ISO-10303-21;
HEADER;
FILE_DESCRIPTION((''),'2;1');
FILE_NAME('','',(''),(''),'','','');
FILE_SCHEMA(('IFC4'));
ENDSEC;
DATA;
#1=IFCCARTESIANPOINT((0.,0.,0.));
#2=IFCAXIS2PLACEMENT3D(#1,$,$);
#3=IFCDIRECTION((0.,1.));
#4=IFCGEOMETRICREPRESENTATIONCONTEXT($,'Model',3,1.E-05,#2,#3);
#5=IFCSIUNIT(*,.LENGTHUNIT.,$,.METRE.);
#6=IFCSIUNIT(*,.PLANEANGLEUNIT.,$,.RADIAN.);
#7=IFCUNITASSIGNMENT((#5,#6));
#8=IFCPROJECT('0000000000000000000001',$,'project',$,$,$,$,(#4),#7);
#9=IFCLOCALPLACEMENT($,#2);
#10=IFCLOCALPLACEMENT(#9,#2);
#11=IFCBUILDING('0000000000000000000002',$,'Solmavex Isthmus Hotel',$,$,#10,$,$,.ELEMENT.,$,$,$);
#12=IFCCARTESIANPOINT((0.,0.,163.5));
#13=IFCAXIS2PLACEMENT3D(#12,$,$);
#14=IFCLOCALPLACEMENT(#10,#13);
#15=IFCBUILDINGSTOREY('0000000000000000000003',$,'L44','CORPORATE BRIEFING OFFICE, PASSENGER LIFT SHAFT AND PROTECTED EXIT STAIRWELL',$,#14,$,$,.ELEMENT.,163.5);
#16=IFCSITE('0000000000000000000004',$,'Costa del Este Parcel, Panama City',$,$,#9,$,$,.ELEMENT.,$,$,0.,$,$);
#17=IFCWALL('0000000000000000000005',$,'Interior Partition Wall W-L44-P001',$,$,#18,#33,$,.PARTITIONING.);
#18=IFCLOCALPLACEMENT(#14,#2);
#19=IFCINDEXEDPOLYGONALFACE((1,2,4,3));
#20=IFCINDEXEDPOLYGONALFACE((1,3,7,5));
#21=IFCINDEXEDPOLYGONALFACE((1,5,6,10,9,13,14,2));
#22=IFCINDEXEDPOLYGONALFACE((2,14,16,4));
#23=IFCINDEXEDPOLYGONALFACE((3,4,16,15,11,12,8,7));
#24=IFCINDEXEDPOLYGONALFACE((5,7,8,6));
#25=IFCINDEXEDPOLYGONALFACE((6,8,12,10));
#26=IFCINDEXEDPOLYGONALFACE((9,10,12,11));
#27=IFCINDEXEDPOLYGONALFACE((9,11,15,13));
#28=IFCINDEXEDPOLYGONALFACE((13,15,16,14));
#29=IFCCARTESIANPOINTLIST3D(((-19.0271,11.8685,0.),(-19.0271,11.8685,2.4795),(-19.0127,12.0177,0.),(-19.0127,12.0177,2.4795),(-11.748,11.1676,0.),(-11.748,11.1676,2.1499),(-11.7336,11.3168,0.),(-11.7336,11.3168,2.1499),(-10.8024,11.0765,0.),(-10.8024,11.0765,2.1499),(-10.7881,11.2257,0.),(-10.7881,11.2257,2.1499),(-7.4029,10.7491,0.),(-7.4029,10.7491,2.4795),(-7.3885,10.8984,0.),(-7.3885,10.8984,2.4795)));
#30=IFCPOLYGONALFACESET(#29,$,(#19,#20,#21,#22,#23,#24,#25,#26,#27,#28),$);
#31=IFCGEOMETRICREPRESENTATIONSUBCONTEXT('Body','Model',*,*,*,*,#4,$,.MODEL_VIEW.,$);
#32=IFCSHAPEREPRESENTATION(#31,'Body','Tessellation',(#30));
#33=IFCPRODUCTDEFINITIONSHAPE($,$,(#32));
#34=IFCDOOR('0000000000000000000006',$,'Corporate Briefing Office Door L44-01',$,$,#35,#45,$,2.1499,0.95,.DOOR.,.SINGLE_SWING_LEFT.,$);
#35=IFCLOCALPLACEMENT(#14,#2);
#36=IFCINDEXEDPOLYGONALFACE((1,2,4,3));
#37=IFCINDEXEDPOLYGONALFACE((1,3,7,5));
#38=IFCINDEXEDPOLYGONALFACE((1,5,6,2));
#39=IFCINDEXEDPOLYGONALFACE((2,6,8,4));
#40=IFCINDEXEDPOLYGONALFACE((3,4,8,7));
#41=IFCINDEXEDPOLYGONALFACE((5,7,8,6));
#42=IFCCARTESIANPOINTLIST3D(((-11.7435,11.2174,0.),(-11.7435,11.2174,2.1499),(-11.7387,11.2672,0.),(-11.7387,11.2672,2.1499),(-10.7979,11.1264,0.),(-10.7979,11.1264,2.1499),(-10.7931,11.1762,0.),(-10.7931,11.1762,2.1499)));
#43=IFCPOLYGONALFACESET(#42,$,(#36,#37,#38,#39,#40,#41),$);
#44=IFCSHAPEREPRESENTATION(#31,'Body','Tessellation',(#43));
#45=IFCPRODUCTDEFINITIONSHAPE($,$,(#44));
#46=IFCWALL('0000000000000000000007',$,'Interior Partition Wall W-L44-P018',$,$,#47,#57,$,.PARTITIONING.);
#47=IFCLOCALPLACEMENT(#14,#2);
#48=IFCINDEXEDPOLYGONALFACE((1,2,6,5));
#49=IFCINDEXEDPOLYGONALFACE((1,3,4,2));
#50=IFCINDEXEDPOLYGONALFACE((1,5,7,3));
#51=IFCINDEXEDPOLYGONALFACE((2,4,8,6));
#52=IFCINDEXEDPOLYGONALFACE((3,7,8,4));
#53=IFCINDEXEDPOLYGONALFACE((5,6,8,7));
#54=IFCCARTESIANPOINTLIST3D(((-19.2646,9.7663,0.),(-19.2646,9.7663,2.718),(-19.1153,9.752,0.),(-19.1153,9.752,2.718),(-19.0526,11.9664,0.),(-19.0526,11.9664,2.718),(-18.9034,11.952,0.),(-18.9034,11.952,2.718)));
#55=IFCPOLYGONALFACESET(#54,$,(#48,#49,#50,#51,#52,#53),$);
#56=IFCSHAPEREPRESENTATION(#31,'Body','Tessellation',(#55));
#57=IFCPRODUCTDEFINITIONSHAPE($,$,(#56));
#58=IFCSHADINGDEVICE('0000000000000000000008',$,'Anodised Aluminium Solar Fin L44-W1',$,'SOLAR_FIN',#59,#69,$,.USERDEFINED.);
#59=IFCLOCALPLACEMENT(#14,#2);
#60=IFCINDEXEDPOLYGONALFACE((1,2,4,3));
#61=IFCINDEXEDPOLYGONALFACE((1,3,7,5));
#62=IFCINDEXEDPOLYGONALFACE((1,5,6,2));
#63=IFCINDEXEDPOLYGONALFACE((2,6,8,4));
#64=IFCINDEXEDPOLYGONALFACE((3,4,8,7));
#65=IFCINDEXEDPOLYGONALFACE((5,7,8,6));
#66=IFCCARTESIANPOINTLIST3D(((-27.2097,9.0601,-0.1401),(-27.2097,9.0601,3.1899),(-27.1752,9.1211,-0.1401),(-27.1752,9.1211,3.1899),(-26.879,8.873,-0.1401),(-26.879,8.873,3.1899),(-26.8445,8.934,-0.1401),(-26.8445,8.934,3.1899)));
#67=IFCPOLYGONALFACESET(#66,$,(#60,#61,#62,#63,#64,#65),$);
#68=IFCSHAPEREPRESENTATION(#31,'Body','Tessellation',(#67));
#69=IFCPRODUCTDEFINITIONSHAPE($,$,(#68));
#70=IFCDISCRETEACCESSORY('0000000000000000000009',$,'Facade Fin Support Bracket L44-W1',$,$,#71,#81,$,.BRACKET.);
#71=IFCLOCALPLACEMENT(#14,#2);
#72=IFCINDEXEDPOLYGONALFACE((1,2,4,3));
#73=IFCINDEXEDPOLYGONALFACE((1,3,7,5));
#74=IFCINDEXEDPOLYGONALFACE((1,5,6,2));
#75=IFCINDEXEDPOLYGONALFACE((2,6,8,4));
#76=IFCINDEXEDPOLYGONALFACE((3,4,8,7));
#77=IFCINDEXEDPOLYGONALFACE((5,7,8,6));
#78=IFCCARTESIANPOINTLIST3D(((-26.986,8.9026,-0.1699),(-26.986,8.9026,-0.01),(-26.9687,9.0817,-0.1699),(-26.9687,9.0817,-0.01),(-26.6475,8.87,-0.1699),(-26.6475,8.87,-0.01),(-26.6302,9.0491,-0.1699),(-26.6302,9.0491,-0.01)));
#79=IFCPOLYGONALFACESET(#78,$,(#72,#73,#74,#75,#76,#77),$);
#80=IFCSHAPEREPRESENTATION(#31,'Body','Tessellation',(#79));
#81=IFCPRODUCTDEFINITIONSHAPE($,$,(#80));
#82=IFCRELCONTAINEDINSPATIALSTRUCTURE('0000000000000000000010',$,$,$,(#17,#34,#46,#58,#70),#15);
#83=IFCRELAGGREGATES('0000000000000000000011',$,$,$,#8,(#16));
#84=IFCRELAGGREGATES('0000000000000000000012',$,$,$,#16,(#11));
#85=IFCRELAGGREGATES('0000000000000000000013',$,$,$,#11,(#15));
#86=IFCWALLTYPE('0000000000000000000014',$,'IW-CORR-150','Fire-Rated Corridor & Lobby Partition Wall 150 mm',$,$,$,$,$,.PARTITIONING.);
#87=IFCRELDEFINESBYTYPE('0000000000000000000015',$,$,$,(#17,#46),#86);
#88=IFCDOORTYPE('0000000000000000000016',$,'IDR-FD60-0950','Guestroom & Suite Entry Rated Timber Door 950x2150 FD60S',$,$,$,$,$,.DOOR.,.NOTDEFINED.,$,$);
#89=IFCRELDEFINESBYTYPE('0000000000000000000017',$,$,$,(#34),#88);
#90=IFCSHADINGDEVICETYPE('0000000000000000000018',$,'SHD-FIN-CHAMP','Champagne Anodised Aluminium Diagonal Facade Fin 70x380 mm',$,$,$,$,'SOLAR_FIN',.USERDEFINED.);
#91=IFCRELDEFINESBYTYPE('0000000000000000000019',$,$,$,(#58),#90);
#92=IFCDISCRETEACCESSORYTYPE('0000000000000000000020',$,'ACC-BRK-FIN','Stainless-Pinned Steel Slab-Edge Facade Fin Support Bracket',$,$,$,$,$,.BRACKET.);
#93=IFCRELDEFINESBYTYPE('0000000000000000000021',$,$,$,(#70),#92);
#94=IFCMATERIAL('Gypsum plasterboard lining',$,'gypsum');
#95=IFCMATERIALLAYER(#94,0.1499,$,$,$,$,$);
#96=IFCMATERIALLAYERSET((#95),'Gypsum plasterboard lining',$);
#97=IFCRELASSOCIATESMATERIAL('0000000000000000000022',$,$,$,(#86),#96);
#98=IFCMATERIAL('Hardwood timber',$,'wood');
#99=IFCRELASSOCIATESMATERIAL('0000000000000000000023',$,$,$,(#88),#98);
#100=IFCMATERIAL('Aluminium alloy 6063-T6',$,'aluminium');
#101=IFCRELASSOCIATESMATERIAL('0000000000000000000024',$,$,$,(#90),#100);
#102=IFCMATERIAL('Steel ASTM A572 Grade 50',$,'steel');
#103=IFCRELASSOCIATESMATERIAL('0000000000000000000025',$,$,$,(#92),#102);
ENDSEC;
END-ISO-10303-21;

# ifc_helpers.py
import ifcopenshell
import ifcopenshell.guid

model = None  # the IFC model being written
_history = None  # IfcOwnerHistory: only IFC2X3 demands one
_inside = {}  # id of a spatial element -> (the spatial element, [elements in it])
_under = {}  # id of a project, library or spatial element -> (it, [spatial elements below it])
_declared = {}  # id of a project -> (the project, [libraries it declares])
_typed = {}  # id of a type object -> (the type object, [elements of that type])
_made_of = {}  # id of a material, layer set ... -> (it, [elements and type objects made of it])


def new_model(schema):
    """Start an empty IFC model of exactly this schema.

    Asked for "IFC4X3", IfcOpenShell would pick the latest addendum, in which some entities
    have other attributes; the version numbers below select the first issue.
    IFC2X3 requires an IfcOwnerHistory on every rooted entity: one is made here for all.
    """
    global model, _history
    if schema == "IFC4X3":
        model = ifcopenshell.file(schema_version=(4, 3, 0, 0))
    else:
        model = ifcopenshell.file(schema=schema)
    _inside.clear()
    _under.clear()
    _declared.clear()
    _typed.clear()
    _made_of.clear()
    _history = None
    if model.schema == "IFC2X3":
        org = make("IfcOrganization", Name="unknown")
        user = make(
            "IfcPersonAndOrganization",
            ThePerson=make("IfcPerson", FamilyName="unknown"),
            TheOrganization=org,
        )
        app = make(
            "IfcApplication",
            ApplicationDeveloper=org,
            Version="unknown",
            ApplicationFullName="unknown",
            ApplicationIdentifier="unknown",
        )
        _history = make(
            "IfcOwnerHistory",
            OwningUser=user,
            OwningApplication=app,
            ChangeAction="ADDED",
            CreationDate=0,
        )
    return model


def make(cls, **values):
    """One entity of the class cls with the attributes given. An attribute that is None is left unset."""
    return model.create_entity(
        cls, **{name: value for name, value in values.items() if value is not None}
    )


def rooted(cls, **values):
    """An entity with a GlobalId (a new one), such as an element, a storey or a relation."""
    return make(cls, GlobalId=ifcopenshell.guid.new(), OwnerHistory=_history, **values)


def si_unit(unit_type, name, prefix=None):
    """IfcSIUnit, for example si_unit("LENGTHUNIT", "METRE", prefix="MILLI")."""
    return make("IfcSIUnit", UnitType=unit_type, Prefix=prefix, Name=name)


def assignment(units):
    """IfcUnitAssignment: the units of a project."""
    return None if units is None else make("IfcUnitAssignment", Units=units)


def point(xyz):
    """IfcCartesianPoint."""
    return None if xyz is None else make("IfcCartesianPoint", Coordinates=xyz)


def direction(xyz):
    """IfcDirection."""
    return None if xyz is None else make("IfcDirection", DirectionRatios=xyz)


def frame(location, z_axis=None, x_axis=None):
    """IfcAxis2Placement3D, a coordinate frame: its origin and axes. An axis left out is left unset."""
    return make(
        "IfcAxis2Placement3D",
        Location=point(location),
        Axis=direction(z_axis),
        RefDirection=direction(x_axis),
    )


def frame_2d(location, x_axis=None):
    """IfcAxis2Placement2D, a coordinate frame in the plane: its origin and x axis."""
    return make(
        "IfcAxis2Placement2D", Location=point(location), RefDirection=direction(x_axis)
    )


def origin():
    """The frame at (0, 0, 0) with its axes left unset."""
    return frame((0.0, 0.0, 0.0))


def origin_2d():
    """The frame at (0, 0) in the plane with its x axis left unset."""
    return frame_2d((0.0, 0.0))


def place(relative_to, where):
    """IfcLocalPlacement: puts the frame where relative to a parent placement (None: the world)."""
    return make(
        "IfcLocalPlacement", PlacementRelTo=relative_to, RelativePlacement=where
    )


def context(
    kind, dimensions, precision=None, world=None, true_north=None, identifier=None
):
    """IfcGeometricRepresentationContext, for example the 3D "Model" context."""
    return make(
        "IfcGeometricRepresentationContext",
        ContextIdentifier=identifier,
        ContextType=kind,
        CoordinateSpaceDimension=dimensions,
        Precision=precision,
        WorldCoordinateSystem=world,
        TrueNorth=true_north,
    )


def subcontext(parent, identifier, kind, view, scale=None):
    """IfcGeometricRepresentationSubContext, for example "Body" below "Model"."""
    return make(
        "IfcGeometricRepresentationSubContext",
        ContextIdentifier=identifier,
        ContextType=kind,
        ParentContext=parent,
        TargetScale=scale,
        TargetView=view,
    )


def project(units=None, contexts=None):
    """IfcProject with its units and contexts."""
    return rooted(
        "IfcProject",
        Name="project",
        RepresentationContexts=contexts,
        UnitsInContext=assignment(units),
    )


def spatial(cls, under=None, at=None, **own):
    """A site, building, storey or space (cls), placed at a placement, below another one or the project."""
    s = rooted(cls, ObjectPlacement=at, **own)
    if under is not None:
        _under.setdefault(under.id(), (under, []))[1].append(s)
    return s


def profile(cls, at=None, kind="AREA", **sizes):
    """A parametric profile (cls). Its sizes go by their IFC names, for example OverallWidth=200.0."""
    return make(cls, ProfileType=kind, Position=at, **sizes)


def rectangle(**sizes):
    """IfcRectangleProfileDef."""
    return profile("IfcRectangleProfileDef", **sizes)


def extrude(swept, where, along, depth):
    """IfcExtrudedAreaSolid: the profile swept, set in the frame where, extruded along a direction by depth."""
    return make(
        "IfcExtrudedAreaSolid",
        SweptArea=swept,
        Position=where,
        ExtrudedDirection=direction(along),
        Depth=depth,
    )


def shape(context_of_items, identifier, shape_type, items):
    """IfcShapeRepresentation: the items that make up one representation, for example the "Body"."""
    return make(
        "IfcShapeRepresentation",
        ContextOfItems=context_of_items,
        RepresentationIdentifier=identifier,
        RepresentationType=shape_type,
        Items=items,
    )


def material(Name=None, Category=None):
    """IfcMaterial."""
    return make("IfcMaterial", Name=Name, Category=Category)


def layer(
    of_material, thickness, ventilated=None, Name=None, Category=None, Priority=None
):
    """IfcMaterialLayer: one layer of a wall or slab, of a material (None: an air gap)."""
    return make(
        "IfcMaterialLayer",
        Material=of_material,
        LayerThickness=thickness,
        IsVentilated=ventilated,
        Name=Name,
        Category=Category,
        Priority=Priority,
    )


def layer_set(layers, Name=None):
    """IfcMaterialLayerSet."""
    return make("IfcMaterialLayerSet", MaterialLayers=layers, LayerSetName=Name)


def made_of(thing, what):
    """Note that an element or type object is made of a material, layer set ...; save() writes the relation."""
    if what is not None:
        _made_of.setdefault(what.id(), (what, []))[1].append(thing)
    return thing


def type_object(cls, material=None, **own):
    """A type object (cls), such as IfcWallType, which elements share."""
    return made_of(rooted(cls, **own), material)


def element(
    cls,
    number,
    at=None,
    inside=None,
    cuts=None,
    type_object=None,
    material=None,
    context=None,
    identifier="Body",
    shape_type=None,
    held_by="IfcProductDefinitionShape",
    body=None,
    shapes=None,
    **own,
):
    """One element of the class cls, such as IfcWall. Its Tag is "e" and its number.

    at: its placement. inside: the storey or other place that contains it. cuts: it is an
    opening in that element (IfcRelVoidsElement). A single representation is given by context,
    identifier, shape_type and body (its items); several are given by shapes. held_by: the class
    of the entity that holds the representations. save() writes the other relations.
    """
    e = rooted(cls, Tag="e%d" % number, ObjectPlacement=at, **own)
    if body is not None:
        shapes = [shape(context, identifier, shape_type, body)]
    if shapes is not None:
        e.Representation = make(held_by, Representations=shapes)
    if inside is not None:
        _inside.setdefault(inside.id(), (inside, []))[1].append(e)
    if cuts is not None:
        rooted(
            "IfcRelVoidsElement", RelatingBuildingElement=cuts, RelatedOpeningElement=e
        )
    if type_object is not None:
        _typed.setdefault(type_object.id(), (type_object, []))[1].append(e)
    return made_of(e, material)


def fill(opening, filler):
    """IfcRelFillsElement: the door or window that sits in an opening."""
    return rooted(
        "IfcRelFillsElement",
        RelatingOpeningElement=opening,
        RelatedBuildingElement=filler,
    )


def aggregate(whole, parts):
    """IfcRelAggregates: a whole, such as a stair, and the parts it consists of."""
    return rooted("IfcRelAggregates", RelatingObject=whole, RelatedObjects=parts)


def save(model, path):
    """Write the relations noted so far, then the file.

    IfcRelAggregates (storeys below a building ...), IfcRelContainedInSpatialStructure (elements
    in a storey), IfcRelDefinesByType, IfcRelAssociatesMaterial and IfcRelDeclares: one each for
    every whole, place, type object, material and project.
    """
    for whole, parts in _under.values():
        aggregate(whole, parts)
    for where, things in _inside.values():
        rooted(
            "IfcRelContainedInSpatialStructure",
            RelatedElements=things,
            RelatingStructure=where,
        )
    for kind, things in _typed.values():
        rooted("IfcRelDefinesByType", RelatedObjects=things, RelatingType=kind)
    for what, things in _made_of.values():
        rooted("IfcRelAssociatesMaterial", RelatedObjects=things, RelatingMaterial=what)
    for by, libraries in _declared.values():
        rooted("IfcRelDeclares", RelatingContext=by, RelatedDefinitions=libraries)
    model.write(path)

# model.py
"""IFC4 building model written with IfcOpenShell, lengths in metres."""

from ifc_helpers import new_model, si_unit, direction, frame, frame_2d, origin, origin_2d, place, context, subcontext, project, spatial, rectangle, extrude, material, layer, layer_set, type_object, element, fill, save


model = new_model("IFC4")

# Units and contexts
model_context = context("Model", 3, precision=1e-05, world=origin(), true_north=direction((0.0, 1.0)))
body_context = subcontext(model_context, "Body", "Model", "MODEL_VIEW")
ifc_project = project(units=[si_unit("LENGTHUNIT", "METRE"), si_unit("PLANEANGLEUNIT", "RADIAN")], contexts=[model_context])

# Site, building, storey
site_placement = place(None, origin())
site = spatial("IfcSite", under=ifc_project, at=site_placement, Name="Costa del Este Parcel, Panama City", CompositionType="ELEMENT", RefElevation=0.0)
building_placement = place(site_placement, origin())
building = spatial("IfcBuilding", under=site, at=building_placement, Name="Solmavex Isthmus Hotel", CompositionType="ELEMENT")
storey_placement = place(building_placement, frame((0.0, 0.0, 163.5)))
storey = spatial("IfcBuildingStorey", under=building, at=storey_placement, Name="L44", Description="CORPORATE BRIEFING OFFICE, PASSENGER LIFT SHAFT AND PROTECTED EXIT STAIRWELL", CompositionType="ELEMENT", Elevation=163.5)

# Shared definitions
ifc_material_1 = material(Name="Aluminium alloy 6063-T6", Category="aluminium")

# Shared definitions
ifc_material_2 = material(Name="Gypsum plasterboard lining", Category="gypsum")

# Wall, opening, door
ifc_layer_1 = layer(ifc_material_2, 0.1499)
ifc_layer_set_1 = layer_set([ifc_layer_1], Name="Gypsum plasterboard lining")
wall_type_1 = type_object("IfcWallType", Name="IW-CORR-150", Description="Fire-Rated Corridor & Lobby Partition Wall 150 mm", PredefinedType="PARTITIONING", material=ifc_layer_set_1)
wall_1_placement = place(storey_placement, frame((-19.0198, 11.9431, 0.0), z_axis=(0.0, 0.0, 1.0), x_axis=(0.995395, -0.095854, 0.0)))
wall_1 = element("IfcWall", 1, at=wall_1_placement, inside=storey, type_object=wall_type_1, Name="Interior Partition Wall W-L44-P001", PredefinedType="PARTITIONING", context=body_context, shape_type="SweptSolid", body=[
    extrude(rectangle(XDim=11.678, YDim=0.1499, at=frame_2d((5.8389, 0.0))), origin(), (0.0, 0.0, 1.0), 2.4795),
])
opening_placement = place(wall_1_placement, frame((7.3125, 0.0, 0.0)))
opening = element("IfcOpeningElement", 2, at=opening_placement, cuts=wall_1, PredefinedType="OPENING", context=body_context, shape_type="SweptSolid", body=[
    extrude(rectangle(XDim=0.95, YDim=2.1499, at=frame_2d((0.4751, 1.075))), frame((0.0, 0.085, 0.0), z_axis=(0.0, -1.0, 0.0), x_axis=(1.0, 0.0, 0.0)), (0.0, 0.0, 1.0), 0.1699),
])
ifc_material_3 = material(Name="Hardwood timber", Category="wood")
door_type = type_object("IfcDoorType", Name="IDR-FD60-0950", Description="Guestroom & Suite Entry Rated Timber Door 950x2150 FD60S", OperationType="NOTDEFINED", PredefinedType="DOOR", material=ifc_material_3)
door_placement = place(opening_placement, frame((0.95, 0.0, 0.0), z_axis=(0.0, 0.0, 1.0), x_axis=(-1.0, 0.0, 0.0)))
door = element("IfcDoor", 3, at=door_placement, inside=storey, type_object=door_type, Name="Corporate Briefing Office Door L44-01", OperationType="SINGLE_SWING_LEFT", OverallHeight=2.1499, OverallWidth=0.95, PredefinedType="DOOR", context=body_context, shape_type="SweptSolid", body=[
    extrude(rectangle(XDim=0.95, YDim=2.1499, at=frame_2d((0.4751, 1.075))), frame((0.0, 0.0249, 0.0), z_axis=(0.0, -1.0, 0.0), x_axis=(1.0, 0.0, 0.0)), (0.0, 0.0, 1.0), 0.05),
])
fill(opening, door)

# Wall
wall_2_placement = place(storey_placement, frame((-19.1899, 9.7593, 0.0), z_axis=(0.0, 0.0, 1.0), x_axis=(0.095883, 0.995393, 0.0)))
element("IfcWall", 4, at=wall_2_placement, inside=storey, type_object=wall_type_1, Name="Interior Partition Wall W-L44-P018", PredefinedType="PARTITIONING", context=body_context, shape_type="SweptSolid", body=[
    extrude(rectangle(XDim=2.2102, YDim=0.1499, at=frame_2d((1.105, 0.0))), origin(), (0.0, 0.0, 1.0), 2.718),
])

# Shading device
shading_device_type = type_object("IfcShadingDeviceType", Name="SHD-FIN-CHAMP", Description="Champagne Anodised Aluminium Diagonal Facade Fin 70x380 mm", ElementType="SOLAR_FIN", PredefinedType="USERDEFINED", material=ifc_material_1)
shading_device_placement = place(storey_placement, frame((-27.0271, 8.9971, -0.1401), z_axis=(0.0, 0.0, 1.0), x_axis=(-0.870356, 0.492424, 0.0)))
element("IfcShadingDevice", 5, at=shading_device_placement, inside=storey, type_object=shading_device_type, Name="Anodised Aluminium Solar Fin L44-W1", ObjectType="SOLAR_FIN", PredefinedType="USERDEFINED", context=body_context, shape_type="SweptSolid", body=[
    extrude(rectangle(XDim=0.3799, YDim=0.0701, at=origin_2d()), origin(), (0.0, 0.0, 1.0), 3.3301),
])

# Discrete accessory
ifc_material_4 = material(Name="Steel ASTM A572 Grade 50", Category="steel")
discrete_accessory_type = type_object("IfcDiscreteAccessoryType", Name="ACC-BRK-FIN", Description="Stainless-Pinned Steel Slab-Edge Facade Fin Support Bracket", PredefinedType="BRACKET", material=ifc_material_4)
discrete_accessory_placement = place(storey_placement, frame((-26.8081, 8.9758, -0.1699), z_axis=(0.0, 0.0, 1.0), x_axis=(-0.995396, 0.095846, 0.0)))
element("IfcDiscreteAccessory", 6, at=discrete_accessory_placement, inside=storey, type_object=discrete_accessory_type, Name="Facade Fin Support Bracket L44-W1", PredefinedType="BRACKET", context=body_context, shape_type="SweptSolid", body=[
    extrude(rectangle(XDim=0.3401, YDim=0.1799, at=origin_2d()), origin(), (0.0, 0.0, 1.0), 0.1599),
])

save(model, "model.ifc")
